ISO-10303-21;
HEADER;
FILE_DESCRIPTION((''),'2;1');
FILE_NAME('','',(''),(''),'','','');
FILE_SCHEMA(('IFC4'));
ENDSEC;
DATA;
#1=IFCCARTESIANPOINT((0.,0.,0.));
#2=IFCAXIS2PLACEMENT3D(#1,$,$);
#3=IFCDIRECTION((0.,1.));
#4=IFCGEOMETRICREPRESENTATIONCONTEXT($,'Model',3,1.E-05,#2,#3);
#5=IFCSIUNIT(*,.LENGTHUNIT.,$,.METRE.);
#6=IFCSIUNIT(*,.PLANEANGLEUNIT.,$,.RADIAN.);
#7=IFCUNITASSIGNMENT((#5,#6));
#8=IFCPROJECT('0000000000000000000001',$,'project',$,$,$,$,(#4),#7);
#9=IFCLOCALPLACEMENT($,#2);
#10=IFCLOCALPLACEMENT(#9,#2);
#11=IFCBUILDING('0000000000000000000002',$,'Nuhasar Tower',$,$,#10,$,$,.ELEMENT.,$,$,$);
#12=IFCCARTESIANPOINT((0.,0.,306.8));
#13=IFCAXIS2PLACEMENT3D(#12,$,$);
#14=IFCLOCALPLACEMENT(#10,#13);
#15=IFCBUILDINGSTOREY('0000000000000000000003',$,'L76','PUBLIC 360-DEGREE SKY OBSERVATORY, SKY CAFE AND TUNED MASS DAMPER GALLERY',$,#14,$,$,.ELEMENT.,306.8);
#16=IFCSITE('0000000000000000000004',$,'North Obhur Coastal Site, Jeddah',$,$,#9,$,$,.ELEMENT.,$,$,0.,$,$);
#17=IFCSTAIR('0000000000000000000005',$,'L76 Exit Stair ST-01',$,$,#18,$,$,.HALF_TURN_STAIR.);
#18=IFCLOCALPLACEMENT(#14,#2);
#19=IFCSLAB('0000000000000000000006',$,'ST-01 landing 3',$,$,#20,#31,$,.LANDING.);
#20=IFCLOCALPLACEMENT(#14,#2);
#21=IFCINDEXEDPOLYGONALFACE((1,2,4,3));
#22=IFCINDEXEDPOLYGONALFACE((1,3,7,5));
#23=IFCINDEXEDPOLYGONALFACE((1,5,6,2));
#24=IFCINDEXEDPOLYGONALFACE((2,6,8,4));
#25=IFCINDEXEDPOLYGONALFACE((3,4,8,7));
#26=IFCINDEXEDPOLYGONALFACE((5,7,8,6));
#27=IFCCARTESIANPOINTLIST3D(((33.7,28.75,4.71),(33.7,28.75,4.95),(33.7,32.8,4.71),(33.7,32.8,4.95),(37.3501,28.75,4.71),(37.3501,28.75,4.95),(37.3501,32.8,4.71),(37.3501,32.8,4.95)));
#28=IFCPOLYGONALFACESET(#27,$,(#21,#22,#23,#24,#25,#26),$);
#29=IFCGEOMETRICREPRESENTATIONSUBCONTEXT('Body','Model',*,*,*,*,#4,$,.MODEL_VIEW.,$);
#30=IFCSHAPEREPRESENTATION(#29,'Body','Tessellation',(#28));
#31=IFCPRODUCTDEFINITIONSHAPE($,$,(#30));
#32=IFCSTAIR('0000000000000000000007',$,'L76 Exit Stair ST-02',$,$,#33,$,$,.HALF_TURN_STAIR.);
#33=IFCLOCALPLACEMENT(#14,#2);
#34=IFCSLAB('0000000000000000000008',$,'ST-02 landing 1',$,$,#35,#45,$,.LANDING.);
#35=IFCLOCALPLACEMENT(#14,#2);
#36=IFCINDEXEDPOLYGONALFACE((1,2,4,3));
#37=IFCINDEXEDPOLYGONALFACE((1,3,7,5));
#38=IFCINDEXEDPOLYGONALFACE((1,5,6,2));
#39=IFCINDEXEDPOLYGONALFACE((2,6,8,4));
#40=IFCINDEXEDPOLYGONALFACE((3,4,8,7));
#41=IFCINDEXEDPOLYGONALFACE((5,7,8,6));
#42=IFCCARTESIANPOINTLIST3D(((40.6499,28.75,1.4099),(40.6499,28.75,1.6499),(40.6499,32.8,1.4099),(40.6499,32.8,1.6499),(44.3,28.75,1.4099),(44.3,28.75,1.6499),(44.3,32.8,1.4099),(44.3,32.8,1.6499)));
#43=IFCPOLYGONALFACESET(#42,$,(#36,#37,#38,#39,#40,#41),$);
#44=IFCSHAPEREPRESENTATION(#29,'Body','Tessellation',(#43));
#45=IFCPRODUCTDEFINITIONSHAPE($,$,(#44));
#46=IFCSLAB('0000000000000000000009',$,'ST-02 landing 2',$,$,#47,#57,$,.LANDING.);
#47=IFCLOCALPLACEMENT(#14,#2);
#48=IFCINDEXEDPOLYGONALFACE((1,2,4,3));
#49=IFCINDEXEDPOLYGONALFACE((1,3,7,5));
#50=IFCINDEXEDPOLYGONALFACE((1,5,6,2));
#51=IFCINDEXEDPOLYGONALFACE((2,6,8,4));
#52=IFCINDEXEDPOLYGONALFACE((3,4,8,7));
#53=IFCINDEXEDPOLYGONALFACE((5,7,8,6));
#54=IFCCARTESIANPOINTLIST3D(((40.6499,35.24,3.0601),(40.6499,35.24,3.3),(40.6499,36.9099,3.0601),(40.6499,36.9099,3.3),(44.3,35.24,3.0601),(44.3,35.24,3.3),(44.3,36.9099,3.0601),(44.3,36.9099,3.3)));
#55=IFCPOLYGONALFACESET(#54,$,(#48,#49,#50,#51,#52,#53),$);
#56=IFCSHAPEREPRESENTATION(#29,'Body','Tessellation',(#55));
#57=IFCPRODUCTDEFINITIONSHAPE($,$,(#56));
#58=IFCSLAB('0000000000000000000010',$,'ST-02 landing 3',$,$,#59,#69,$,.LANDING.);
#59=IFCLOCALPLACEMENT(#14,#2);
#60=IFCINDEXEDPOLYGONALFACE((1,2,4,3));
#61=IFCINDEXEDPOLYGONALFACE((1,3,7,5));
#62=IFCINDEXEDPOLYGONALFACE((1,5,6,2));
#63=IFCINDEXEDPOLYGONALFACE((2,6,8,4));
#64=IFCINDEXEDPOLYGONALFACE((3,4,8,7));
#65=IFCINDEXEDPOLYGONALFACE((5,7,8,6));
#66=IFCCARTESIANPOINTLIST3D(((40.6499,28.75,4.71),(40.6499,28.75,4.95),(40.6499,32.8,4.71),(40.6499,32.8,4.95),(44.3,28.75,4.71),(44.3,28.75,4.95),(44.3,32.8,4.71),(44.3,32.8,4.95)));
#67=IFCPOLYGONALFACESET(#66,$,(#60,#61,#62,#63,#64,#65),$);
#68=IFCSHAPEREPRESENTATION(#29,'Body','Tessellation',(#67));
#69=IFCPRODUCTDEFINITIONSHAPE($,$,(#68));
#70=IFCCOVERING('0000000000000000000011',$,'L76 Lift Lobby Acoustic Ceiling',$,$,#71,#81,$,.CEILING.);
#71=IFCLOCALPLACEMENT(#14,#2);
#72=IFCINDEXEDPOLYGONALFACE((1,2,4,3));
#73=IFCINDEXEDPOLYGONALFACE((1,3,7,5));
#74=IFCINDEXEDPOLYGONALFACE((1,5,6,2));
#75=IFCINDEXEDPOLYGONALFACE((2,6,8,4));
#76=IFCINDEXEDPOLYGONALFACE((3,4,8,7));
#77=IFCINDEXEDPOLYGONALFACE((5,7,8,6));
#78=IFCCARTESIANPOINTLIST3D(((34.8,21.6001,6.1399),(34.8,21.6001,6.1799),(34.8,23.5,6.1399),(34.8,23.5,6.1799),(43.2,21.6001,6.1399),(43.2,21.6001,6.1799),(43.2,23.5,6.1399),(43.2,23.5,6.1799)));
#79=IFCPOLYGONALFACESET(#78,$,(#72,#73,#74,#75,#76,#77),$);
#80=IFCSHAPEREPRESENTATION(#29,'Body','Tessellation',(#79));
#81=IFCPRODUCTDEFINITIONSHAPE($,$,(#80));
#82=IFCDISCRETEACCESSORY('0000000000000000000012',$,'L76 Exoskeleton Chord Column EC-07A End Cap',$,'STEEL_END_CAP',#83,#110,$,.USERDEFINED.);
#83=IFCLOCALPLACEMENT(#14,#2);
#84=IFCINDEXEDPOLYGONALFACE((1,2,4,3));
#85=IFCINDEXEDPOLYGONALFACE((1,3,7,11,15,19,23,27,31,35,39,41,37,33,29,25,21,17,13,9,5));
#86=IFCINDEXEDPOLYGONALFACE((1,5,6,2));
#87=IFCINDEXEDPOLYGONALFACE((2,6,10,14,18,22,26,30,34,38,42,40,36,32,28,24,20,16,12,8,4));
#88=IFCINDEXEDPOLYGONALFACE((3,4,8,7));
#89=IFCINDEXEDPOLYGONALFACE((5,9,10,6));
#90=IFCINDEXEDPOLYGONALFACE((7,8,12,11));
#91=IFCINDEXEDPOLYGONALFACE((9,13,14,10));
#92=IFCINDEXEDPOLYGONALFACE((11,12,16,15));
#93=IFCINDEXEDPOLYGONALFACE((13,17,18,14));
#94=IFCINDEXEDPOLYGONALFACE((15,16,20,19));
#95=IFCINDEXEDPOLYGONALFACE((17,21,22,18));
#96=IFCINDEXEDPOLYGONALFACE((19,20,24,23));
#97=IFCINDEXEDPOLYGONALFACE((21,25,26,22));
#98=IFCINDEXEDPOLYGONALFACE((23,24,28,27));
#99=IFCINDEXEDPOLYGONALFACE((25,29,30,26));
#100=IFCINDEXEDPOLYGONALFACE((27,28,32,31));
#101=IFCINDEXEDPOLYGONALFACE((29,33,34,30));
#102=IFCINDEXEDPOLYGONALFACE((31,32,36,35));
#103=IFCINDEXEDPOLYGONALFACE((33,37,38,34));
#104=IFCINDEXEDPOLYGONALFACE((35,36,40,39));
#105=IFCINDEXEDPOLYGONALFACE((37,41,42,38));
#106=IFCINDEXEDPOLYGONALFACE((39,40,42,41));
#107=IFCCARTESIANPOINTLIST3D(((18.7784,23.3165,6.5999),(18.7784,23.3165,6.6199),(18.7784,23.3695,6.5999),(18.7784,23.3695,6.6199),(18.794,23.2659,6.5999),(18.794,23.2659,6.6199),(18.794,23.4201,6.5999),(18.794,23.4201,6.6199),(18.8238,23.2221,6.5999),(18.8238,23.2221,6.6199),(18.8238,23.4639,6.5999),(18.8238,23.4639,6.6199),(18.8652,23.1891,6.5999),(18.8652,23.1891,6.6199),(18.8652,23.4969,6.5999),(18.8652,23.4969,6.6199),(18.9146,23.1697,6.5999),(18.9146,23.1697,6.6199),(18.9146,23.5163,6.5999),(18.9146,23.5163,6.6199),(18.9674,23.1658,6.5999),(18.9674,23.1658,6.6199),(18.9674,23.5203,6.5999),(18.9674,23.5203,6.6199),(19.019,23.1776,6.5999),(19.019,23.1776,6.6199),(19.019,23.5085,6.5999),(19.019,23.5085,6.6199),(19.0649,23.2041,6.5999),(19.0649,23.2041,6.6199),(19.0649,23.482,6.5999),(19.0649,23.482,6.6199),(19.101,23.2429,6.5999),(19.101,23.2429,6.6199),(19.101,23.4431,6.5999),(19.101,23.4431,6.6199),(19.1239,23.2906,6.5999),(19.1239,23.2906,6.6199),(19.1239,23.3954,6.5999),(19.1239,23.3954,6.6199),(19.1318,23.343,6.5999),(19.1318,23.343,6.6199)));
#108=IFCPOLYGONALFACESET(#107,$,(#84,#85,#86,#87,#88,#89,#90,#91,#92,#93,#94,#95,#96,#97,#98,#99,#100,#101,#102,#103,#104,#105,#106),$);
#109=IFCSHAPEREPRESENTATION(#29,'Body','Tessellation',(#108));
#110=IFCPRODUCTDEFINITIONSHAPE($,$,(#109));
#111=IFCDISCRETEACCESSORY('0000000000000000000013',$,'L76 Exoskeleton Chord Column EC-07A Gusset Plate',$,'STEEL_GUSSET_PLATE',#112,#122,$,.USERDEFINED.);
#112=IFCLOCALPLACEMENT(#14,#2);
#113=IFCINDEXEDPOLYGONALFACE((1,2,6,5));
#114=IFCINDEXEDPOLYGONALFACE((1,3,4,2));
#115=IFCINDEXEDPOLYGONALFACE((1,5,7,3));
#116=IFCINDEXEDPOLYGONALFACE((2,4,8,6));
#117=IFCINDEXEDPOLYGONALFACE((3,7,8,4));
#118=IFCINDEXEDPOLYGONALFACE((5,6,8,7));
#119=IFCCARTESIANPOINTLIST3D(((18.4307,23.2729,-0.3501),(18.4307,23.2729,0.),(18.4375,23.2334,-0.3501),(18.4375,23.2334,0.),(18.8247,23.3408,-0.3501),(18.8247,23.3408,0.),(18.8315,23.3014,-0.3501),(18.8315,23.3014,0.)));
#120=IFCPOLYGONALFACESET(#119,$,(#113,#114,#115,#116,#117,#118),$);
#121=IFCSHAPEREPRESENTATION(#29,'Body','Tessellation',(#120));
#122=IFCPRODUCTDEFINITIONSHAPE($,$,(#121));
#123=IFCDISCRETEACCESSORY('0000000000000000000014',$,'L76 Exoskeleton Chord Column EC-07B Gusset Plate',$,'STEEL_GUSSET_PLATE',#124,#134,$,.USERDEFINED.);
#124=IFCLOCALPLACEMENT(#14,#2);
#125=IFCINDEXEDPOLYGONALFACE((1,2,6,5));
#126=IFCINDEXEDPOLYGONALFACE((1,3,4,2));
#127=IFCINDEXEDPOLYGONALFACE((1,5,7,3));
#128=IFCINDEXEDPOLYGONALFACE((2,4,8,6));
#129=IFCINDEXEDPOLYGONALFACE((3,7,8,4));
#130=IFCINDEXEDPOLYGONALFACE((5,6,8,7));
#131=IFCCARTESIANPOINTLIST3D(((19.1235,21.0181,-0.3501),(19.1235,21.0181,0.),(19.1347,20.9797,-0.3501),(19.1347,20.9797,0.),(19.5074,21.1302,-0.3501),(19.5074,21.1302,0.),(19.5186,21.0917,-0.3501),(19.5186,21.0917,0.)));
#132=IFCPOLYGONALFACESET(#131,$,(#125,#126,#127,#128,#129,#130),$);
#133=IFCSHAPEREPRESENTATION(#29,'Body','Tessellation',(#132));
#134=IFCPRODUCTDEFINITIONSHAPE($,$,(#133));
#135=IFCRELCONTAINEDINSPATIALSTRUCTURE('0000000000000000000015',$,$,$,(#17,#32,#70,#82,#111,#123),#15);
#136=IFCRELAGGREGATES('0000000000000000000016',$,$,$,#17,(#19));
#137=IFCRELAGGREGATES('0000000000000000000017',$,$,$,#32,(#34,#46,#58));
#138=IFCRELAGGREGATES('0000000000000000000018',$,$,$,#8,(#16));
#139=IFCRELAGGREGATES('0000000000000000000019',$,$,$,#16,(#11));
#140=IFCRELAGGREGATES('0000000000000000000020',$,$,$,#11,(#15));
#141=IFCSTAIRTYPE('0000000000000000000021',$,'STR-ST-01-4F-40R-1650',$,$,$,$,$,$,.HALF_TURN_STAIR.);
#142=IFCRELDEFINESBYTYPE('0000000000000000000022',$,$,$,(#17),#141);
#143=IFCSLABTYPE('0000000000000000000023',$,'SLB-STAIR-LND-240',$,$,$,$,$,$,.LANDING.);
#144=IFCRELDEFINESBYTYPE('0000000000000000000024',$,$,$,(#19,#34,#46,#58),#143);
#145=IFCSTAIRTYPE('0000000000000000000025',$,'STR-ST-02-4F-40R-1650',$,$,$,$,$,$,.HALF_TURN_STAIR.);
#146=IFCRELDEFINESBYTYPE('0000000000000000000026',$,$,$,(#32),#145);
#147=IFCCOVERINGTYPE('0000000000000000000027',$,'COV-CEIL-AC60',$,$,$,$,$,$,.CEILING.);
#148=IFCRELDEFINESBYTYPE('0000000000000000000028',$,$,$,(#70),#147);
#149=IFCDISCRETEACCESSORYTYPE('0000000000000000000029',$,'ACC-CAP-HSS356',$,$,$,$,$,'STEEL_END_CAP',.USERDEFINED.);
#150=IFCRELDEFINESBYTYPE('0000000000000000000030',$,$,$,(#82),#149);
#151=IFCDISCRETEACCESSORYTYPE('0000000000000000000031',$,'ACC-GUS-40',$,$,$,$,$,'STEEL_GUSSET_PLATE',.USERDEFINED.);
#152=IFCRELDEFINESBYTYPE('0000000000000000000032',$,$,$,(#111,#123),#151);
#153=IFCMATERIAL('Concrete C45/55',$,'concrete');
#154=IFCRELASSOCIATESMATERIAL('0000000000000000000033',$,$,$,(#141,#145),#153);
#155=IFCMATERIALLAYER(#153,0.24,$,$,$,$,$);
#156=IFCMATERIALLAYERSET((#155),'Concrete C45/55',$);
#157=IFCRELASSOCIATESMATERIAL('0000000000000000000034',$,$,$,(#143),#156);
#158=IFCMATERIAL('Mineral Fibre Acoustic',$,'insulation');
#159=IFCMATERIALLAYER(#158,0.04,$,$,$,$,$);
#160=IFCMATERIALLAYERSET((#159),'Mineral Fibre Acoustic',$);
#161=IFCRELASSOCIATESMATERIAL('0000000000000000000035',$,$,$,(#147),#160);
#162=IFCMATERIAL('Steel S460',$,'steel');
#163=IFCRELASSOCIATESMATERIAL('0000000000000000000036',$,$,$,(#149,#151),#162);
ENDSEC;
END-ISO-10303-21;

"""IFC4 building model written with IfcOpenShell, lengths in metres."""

from ifc_helpers import new_model, si_unit, direction, frame, origin, origin_2d, place, context, subcontext, project, spatial, polyline, rectangle, circle, outline, extrude, material, layer, layer_set, type_object, element, aggregate, save


model = new_model("IFC4")

# Units and contexts
model_context = context("Model", 3, precision=1e-05, world=origin(), true_north=direction((0.0, 1.0)))
body_context = subcontext(model_context, "Body", "Model", "MODEL_VIEW")
ifc_project = project(units=[si_unit("LENGTHUNIT", "METRE"), si_unit("PLANEANGLEUNIT", "RADIAN")], contexts=[model_context])

# Site, building, storey
site_placement = place(None, origin())
site = spatial("IfcSite", under=ifc_project, at=site_placement, Name="North Obhur Coastal Site, Jeddah", CompositionType="ELEMENT", RefElevation=0.0)
building_placement = place(site_placement, origin())
building = spatial("IfcBuilding", under=site, at=building_placement, Name="Nuhasar Tower", CompositionType="ELEMENT")
storey_placement = place(building_placement, frame((0.0, 0.0, 306.8)))
storey = spatial("IfcBuildingStorey", under=building, at=storey_placement, Name="L76", Description="PUBLIC 360-DEGREE SKY OBSERVATORY, SKY CAFE AND TUNED MASS DAMPER GALLERY", CompositionType="ELEMENT", Elevation=306.8)

# Shared definitions
ifc_material_1 = material(Name="Steel S460", Category="steel")

# Stairs, slabs
ifc_material_2 = material(Name="Concrete C45/55", Category="concrete")
stair_type_1 = type_object("IfcStairType", Name="STR-ST-01-4F-40R-1650", PredefinedType="HALF_TURN_STAIR", material=ifc_material_2)
stair_1_placement = place(storey_placement, origin())
stair_1 = element("IfcStair", 1, at=stair_1_placement, inside=storey, type_object=stair_type_1, Name="L76 Exit Stair ST-01", PredefinedType="HALF_TURN_STAIR")
ifc_layer_1 = layer(ifc_material_2, 0.24)
ifc_layer_set_1 = layer_set([ifc_layer_1], Name="Concrete C45/55")
slab_type_1 = type_object("IfcSlabType", Name="SLB-STAIR-LND-240", PredefinedType="LANDING", material=ifc_layer_set_1)
slab_1_placement = place(storey_placement, frame((0.0, 0.0, 4.71)))
slab_1 = element("IfcSlab", 2, at=slab_1_placement, type_object=slab_type_1, Name="ST-01 landing 3", PredefinedType="LANDING", context=body_context, shape_type="SweptSolid", body=[
    extrude(outline(polyline([(33.7, 28.75), (37.3501, 28.75), (37.3501, 32.8), (33.7, 32.8), (33.7, 28.75)])), origin(), (0.0, 0.0, 1.0), 0.24),
])
aggregate(stair_1, [slab_1])
stair_type_2 = type_object("IfcStairType", Name="STR-ST-02-4F-40R-1650", PredefinedType="HALF_TURN_STAIR", material=ifc_material_2)
stair_2_placement = place(storey_placement, origin())
stair_2 = element("IfcStair", 3, at=stair_2_placement, inside=storey, type_object=stair_type_2, Name="L76 Exit Stair ST-02", PredefinedType="HALF_TURN_STAIR")
slab_2_placement = place(storey_placement, frame((0.0, 0.0, 1.4099)))
slab_2 = element("IfcSlab", 4, at=slab_2_placement, type_object=slab_type_1, Name="ST-02 landing 1", PredefinedType="LANDING", context=body_context, shape_type="SweptSolid", body=[
    extrude(outline(polyline([(40.6499, 28.75), (44.3, 28.75), (44.3, 32.8), (40.6499, 32.8), (40.6499, 28.75)])), origin(), (0.0, 0.0, 1.0), 0.24),
])
slab_3_placement = place(storey_placement, frame((0.0, 0.0, 3.0601)))
slab_3 = element("IfcSlab", 5, at=slab_3_placement, type_object=slab_type_1, Name="ST-02 landing 2", PredefinedType="LANDING", context=body_context, shape_type="SweptSolid", body=[
    extrude(outline(polyline([(40.6499, 35.24), (44.3, 35.24), (44.3, 36.9099), (40.6499, 36.9099), (40.6499, 35.24)])), origin(), (0.0, 0.0, 1.0), 0.24),
])
slab_4_placement = place(storey_placement, frame((0.0, 0.0, 4.71)))
slab_4 = element("IfcSlab", 6, at=slab_4_placement, type_object=slab_type_1, Name="ST-02 landing 3", PredefinedType="LANDING", context=body_context, shape_type="SweptSolid", body=[
    extrude(outline(polyline([(40.6499, 28.75), (44.3, 28.75), (44.3, 32.8), (40.6499, 32.8), (40.6499, 28.75)])), origin(), (0.0, 0.0, 1.0), 0.24),
])
aggregate(stair_2, [slab_2, slab_3, slab_4])

# Covering
ifc_material_3 = material(Name="Mineral Fibre Acoustic", Category="insulation")
ifc_layer_2 = layer(ifc_material_3, 0.04)
ifc_layer_set_2 = layer_set([ifc_layer_2], Name="Mineral Fibre Acoustic")
covering_type = type_object("IfcCoveringType", Name="COV-CEIL-AC60", PredefinedType="CEILING", material=ifc_layer_set_2)
covering_placement = place(storey_placement, frame((0.0, 0.0, 6.1399)))
element("IfcCovering", 7, at=covering_placement, inside=storey, type_object=covering_type, Name="L76 Lift Lobby Acoustic Ceiling", PredefinedType="CEILING", context=body_context, shape_type="SweptSolid", body=[
    extrude(outline(polyline([(34.8, 21.6001), (43.2, 21.6001), (43.2, 23.5), (34.8, 23.5), (34.8, 21.6001)])), origin(), (0.0, 0.0, 1.0), 0.04),
])

# Discrete accessories
discrete_accessory_type_1 = type_object("IfcDiscreteAccessoryType", Name="ACC-CAP-HSS356", ElementType="STEEL_END_CAP", PredefinedType="USERDEFINED", material=ifc_material_1)
discrete_accessory_placement = place(storey_placement, frame((18.9541, 23.343, 6.5999), z_axis=(0.0, 0.0, 1.0), x_axis=(1.0, 0.0, 0.0)))
element("IfcDiscreteAccessory", 8, at=discrete_accessory_placement, inside=storey, type_object=discrete_accessory_type_1, Name="L76 Exoskeleton Chord Column EC-07A End Cap", ObjectType="STEEL_END_CAP", PredefinedType="USERDEFINED", context=body_context, shape_type="SweptSolid", body=[
    extrude(circle(Radius=0.1777, at=origin_2d()), origin(), (0.0, 0.0, 1.0), 0.02),
])
discrete_accessory_type_2 = type_object("IfcDiscreteAccessoryType", Name="ACC-GUS-40", ElementType="STEEL_GUSSET_PLATE", PredefinedType="USERDEFINED", material=ifc_material_1)
for number, where, z_axis, x_axis, name in (
    (9, (18.6311, 23.2871, -0.3501), (0.0, 0.0, 1.0), (-0.985452, -0.169952, 0.0), "L76 Exoskeleton Chord Column EC-07A Gusset Plate"),
    (10, (19.321, 21.0549, -0.3501), (0.0, 0.0, 1.0), (-0.959933, -0.280231, 0.0), "L76 Exoskeleton Chord Column EC-07B Gusset Plate"),
):
    element("IfcDiscreteAccessory", number, at=place(storey_placement, frame(where, z_axis=z_axis, x_axis=x_axis)), inside=storey, type_object=discrete_accessory_type_2, Name=name, ObjectType="STEEL_GUSSET_PLATE", PredefinedType="USERDEFINED", context=body_context, shape_type="SweptSolid", body=[
        extrude(rectangle(XDim=0.3999, YDim=0.04, at=origin_2d()), origin(), (0.0, 0.0, 1.0), 0.3501),
    ])

save(model, "model.ifc")
